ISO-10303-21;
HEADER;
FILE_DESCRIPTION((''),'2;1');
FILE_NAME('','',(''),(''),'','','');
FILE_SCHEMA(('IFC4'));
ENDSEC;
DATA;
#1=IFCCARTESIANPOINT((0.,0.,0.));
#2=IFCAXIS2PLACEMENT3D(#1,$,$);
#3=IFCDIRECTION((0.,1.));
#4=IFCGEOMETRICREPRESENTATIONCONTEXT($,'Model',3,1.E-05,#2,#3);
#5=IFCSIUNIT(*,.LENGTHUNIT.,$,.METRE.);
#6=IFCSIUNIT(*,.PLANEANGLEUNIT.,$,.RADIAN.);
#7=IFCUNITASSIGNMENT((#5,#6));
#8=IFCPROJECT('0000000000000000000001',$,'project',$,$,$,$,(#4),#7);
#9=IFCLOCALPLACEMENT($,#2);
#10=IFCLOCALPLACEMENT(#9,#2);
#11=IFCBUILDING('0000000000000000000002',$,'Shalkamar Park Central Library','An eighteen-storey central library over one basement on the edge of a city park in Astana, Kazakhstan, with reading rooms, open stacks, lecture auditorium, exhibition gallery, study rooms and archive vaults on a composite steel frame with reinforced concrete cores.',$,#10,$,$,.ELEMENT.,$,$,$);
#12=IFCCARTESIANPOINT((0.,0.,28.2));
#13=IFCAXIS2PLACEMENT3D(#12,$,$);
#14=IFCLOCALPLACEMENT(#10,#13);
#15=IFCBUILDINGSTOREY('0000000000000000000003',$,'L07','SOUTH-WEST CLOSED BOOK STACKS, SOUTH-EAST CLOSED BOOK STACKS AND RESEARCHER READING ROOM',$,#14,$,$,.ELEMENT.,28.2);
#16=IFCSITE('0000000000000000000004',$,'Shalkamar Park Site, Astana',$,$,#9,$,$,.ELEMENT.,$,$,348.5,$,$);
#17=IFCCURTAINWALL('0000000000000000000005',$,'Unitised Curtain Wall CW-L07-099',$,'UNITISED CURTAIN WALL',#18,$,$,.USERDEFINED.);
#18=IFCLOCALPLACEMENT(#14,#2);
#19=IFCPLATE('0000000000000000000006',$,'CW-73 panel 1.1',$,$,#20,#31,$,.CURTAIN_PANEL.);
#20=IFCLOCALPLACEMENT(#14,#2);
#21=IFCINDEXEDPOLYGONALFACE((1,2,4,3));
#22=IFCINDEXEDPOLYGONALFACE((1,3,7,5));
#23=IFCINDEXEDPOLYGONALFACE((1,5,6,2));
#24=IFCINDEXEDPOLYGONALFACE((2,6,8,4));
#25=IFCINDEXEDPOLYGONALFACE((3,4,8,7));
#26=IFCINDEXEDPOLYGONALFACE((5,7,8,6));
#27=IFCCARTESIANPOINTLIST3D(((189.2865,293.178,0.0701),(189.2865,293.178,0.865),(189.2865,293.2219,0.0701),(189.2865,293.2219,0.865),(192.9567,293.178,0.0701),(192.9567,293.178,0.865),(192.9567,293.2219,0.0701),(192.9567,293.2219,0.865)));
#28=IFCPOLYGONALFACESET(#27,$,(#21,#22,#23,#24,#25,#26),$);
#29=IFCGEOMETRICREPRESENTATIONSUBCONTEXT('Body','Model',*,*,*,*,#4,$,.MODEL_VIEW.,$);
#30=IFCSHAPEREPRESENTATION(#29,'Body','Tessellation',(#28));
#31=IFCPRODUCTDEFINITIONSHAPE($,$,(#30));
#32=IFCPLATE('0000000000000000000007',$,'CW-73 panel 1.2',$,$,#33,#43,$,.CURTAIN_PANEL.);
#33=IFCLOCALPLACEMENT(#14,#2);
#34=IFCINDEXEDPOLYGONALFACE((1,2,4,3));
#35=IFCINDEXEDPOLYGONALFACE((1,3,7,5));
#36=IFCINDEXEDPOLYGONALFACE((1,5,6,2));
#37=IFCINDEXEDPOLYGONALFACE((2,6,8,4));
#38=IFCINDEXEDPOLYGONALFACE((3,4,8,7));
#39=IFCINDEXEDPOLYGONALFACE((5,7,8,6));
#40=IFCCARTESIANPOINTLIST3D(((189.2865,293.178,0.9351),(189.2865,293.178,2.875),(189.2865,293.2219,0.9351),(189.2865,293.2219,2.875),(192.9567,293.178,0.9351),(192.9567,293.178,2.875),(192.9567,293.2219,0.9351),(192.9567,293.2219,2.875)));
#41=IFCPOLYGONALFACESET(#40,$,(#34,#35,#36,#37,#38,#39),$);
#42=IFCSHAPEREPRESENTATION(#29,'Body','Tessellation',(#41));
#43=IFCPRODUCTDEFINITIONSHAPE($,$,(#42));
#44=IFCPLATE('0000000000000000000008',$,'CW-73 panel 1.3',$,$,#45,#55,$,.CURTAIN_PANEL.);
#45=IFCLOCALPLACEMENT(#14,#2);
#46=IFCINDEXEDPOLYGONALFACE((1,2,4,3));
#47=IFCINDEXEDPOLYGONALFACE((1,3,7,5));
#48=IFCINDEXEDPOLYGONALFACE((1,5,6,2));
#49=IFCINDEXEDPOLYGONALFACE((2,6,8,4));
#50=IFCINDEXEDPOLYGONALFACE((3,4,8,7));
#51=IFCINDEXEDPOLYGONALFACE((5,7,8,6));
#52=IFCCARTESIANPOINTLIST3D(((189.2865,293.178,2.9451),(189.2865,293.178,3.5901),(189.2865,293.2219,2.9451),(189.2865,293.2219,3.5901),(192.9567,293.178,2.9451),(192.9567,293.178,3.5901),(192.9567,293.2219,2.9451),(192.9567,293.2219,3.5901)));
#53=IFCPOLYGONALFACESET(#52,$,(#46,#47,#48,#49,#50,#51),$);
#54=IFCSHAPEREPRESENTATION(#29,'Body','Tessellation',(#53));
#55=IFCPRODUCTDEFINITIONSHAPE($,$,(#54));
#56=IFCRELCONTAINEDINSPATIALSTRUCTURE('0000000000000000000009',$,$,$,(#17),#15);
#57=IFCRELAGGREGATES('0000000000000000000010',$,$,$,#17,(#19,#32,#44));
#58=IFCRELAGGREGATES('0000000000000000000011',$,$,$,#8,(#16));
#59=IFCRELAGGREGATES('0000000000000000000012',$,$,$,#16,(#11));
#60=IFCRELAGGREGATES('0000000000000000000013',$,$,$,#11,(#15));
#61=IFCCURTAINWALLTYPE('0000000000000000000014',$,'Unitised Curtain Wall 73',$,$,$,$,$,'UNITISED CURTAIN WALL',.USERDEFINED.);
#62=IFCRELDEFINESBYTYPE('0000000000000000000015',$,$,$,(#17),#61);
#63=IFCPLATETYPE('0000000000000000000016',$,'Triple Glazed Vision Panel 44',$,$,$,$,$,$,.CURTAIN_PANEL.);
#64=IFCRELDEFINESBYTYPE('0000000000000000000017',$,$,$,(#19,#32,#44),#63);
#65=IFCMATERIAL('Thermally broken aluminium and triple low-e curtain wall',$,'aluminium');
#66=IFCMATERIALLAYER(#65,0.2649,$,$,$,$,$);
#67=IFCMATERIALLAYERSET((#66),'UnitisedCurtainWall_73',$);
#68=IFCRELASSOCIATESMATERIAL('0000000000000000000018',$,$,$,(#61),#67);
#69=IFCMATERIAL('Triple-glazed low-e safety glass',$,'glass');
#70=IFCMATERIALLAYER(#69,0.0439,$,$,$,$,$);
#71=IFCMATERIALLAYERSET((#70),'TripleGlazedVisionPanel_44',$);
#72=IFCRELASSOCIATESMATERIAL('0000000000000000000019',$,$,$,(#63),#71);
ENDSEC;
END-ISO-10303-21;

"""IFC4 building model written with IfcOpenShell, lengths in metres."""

from ifc_helpers import new_model, si_unit, direction, frame, origin, origin_2d, place, context, subcontext, project, spatial, rectangle, extrude, material, layer, layer_set, type_object, element, aggregate, save


model = new_model("IFC4")

# Units and contexts
model_context = context("Model", 3, precision=1e-05, world=origin(), true_north=direction((0.0, 1.0)))
body_context = subcontext(model_context, "Body", "Model", "MODEL_VIEW")
ifc_project = project(units=[si_unit("LENGTHUNIT", "METRE"), si_unit("PLANEANGLEUNIT", "RADIAN")], contexts=[model_context])

# Site, building, storey
site_placement = place(None, origin())
site = spatial("IfcSite", under=ifc_project, at=site_placement, Name="Shalkamar Park Site, Astana", CompositionType="ELEMENT", RefElevation=348.5)
building_placement = place(site_placement, origin())
building = spatial("IfcBuilding", under=site, at=building_placement, Name="Shalkamar Park Central Library", Description="An eighteen-storey central library over one basement on the edge of a city park in Astana, Kazakhstan, with reading rooms, open stacks, lecture auditorium, exhibition gallery, study rooms and archive vaults on a composite steel frame with reinforced concrete cores.", CompositionType="ELEMENT")
storey_placement = place(building_placement, frame((0.0, 0.0, 28.2)))
storey = spatial("IfcBuildingStorey", under=building, at=storey_placement, Name="L07", Description="SOUTH-WEST CLOSED BOOK STACKS, SOUTH-EAST CLOSED BOOK STACKS AND RESEARCHER READING ROOM", CompositionType="ELEMENT", Elevation=28.2)

# Curtain wall
ifc_material_1 = material(Name="Thermally broken aluminium and triple low-e curtain wall", Category="aluminium")
ifc_layer_1 = layer(ifc_material_1, 0.2649)
ifc_layer_set_1 = layer_set([ifc_layer_1], Name="UnitisedCurtainWall_73")
curtain_wall_type_1 = type_object("IfcCurtainWallType", Name="Unitised Curtain Wall 73", ElementType="UNITISED CURTAIN WALL", PredefinedType="USERDEFINED", material=ifc_layer_set_1)
curtain_wall_1_placement = place(storey_placement, origin())
curtain_wall_1 = element("IfcCurtainWall", 1, at=curtain_wall_1_placement, inside=storey, type_object=curtain_wall_type_1, Name="Unitised Curtain Wall CW-L07-099", ObjectType="UNITISED CURTAIN WALL", PredefinedType="USERDEFINED")

# Plates
ifc_material_2 = material(Name="Triple-glazed low-e safety glass", Category="glass")
ifc_layer_2 = layer(ifc_material_2, 0.0439)
ifc_layer_set_2 = layer_set([ifc_layer_2], Name="TripleGlazedVisionPanel_44")
plate_type_1 = type_object("IfcPlateType", Name="Triple Glazed Vision Panel 44", PredefinedType="CURTAIN_PANEL", material=ifc_layer_set_2)
plate_1_placement = place(storey_placement, frame((191.1216, 293.2, 0.0701), z_axis=(0.0, 0.0, 1.0), x_axis=(1.0, 0.0, 0.0)))
plate_1 = element("IfcPlate", 2, at=plate_1_placement, type_object=plate_type_1, Name="CW-73 panel 1.1", PredefinedType="CURTAIN_PANEL", context=body_context, shape_type="SweptSolid", body=[
    extrude(rectangle(XDim=3.6702, YDim=0.0439, at=origin_2d()), origin(), (0.0, 0.0, 1.0), 0.7949),
])
plate_2_placement = place(storey_placement, frame((191.1216, 293.2, 0.9351), z_axis=(0.0, 0.0, 1.0), x_axis=(1.0, 0.0, 0.0)))
plate_2 = element("IfcPlate", 3, at=plate_2_placement, type_object=plate_type_1, Name="CW-73 panel 1.2", PredefinedType="CURTAIN_PANEL", context=body_context, shape_type="SweptSolid", body=[
    extrude(rectangle(XDim=3.6702, YDim=0.0439, at=origin_2d()), origin(), (0.0, 0.0, 1.0), 1.9399),
])
plate_3_placement = place(storey_placement, frame((191.1216, 293.2, 2.9451), z_axis=(0.0, 0.0, 1.0), x_axis=(1.0, 0.0, 0.0)))
plate_3 = element("IfcPlate", 4, at=plate_3_placement, type_object=plate_type_1, Name="CW-73 panel 1.3", PredefinedType="CURTAIN_PANEL", context=body_context, shape_type="SweptSolid", body=[
    extrude(rectangle(XDim=3.6702, YDim=0.0439, at=origin_2d()), origin(), (0.0, 0.0, 1.0), 0.645),
])
aggregate(curtain_wall_1, [plate_1, plate_2, plate_3])

save(model, "model.ifc")
